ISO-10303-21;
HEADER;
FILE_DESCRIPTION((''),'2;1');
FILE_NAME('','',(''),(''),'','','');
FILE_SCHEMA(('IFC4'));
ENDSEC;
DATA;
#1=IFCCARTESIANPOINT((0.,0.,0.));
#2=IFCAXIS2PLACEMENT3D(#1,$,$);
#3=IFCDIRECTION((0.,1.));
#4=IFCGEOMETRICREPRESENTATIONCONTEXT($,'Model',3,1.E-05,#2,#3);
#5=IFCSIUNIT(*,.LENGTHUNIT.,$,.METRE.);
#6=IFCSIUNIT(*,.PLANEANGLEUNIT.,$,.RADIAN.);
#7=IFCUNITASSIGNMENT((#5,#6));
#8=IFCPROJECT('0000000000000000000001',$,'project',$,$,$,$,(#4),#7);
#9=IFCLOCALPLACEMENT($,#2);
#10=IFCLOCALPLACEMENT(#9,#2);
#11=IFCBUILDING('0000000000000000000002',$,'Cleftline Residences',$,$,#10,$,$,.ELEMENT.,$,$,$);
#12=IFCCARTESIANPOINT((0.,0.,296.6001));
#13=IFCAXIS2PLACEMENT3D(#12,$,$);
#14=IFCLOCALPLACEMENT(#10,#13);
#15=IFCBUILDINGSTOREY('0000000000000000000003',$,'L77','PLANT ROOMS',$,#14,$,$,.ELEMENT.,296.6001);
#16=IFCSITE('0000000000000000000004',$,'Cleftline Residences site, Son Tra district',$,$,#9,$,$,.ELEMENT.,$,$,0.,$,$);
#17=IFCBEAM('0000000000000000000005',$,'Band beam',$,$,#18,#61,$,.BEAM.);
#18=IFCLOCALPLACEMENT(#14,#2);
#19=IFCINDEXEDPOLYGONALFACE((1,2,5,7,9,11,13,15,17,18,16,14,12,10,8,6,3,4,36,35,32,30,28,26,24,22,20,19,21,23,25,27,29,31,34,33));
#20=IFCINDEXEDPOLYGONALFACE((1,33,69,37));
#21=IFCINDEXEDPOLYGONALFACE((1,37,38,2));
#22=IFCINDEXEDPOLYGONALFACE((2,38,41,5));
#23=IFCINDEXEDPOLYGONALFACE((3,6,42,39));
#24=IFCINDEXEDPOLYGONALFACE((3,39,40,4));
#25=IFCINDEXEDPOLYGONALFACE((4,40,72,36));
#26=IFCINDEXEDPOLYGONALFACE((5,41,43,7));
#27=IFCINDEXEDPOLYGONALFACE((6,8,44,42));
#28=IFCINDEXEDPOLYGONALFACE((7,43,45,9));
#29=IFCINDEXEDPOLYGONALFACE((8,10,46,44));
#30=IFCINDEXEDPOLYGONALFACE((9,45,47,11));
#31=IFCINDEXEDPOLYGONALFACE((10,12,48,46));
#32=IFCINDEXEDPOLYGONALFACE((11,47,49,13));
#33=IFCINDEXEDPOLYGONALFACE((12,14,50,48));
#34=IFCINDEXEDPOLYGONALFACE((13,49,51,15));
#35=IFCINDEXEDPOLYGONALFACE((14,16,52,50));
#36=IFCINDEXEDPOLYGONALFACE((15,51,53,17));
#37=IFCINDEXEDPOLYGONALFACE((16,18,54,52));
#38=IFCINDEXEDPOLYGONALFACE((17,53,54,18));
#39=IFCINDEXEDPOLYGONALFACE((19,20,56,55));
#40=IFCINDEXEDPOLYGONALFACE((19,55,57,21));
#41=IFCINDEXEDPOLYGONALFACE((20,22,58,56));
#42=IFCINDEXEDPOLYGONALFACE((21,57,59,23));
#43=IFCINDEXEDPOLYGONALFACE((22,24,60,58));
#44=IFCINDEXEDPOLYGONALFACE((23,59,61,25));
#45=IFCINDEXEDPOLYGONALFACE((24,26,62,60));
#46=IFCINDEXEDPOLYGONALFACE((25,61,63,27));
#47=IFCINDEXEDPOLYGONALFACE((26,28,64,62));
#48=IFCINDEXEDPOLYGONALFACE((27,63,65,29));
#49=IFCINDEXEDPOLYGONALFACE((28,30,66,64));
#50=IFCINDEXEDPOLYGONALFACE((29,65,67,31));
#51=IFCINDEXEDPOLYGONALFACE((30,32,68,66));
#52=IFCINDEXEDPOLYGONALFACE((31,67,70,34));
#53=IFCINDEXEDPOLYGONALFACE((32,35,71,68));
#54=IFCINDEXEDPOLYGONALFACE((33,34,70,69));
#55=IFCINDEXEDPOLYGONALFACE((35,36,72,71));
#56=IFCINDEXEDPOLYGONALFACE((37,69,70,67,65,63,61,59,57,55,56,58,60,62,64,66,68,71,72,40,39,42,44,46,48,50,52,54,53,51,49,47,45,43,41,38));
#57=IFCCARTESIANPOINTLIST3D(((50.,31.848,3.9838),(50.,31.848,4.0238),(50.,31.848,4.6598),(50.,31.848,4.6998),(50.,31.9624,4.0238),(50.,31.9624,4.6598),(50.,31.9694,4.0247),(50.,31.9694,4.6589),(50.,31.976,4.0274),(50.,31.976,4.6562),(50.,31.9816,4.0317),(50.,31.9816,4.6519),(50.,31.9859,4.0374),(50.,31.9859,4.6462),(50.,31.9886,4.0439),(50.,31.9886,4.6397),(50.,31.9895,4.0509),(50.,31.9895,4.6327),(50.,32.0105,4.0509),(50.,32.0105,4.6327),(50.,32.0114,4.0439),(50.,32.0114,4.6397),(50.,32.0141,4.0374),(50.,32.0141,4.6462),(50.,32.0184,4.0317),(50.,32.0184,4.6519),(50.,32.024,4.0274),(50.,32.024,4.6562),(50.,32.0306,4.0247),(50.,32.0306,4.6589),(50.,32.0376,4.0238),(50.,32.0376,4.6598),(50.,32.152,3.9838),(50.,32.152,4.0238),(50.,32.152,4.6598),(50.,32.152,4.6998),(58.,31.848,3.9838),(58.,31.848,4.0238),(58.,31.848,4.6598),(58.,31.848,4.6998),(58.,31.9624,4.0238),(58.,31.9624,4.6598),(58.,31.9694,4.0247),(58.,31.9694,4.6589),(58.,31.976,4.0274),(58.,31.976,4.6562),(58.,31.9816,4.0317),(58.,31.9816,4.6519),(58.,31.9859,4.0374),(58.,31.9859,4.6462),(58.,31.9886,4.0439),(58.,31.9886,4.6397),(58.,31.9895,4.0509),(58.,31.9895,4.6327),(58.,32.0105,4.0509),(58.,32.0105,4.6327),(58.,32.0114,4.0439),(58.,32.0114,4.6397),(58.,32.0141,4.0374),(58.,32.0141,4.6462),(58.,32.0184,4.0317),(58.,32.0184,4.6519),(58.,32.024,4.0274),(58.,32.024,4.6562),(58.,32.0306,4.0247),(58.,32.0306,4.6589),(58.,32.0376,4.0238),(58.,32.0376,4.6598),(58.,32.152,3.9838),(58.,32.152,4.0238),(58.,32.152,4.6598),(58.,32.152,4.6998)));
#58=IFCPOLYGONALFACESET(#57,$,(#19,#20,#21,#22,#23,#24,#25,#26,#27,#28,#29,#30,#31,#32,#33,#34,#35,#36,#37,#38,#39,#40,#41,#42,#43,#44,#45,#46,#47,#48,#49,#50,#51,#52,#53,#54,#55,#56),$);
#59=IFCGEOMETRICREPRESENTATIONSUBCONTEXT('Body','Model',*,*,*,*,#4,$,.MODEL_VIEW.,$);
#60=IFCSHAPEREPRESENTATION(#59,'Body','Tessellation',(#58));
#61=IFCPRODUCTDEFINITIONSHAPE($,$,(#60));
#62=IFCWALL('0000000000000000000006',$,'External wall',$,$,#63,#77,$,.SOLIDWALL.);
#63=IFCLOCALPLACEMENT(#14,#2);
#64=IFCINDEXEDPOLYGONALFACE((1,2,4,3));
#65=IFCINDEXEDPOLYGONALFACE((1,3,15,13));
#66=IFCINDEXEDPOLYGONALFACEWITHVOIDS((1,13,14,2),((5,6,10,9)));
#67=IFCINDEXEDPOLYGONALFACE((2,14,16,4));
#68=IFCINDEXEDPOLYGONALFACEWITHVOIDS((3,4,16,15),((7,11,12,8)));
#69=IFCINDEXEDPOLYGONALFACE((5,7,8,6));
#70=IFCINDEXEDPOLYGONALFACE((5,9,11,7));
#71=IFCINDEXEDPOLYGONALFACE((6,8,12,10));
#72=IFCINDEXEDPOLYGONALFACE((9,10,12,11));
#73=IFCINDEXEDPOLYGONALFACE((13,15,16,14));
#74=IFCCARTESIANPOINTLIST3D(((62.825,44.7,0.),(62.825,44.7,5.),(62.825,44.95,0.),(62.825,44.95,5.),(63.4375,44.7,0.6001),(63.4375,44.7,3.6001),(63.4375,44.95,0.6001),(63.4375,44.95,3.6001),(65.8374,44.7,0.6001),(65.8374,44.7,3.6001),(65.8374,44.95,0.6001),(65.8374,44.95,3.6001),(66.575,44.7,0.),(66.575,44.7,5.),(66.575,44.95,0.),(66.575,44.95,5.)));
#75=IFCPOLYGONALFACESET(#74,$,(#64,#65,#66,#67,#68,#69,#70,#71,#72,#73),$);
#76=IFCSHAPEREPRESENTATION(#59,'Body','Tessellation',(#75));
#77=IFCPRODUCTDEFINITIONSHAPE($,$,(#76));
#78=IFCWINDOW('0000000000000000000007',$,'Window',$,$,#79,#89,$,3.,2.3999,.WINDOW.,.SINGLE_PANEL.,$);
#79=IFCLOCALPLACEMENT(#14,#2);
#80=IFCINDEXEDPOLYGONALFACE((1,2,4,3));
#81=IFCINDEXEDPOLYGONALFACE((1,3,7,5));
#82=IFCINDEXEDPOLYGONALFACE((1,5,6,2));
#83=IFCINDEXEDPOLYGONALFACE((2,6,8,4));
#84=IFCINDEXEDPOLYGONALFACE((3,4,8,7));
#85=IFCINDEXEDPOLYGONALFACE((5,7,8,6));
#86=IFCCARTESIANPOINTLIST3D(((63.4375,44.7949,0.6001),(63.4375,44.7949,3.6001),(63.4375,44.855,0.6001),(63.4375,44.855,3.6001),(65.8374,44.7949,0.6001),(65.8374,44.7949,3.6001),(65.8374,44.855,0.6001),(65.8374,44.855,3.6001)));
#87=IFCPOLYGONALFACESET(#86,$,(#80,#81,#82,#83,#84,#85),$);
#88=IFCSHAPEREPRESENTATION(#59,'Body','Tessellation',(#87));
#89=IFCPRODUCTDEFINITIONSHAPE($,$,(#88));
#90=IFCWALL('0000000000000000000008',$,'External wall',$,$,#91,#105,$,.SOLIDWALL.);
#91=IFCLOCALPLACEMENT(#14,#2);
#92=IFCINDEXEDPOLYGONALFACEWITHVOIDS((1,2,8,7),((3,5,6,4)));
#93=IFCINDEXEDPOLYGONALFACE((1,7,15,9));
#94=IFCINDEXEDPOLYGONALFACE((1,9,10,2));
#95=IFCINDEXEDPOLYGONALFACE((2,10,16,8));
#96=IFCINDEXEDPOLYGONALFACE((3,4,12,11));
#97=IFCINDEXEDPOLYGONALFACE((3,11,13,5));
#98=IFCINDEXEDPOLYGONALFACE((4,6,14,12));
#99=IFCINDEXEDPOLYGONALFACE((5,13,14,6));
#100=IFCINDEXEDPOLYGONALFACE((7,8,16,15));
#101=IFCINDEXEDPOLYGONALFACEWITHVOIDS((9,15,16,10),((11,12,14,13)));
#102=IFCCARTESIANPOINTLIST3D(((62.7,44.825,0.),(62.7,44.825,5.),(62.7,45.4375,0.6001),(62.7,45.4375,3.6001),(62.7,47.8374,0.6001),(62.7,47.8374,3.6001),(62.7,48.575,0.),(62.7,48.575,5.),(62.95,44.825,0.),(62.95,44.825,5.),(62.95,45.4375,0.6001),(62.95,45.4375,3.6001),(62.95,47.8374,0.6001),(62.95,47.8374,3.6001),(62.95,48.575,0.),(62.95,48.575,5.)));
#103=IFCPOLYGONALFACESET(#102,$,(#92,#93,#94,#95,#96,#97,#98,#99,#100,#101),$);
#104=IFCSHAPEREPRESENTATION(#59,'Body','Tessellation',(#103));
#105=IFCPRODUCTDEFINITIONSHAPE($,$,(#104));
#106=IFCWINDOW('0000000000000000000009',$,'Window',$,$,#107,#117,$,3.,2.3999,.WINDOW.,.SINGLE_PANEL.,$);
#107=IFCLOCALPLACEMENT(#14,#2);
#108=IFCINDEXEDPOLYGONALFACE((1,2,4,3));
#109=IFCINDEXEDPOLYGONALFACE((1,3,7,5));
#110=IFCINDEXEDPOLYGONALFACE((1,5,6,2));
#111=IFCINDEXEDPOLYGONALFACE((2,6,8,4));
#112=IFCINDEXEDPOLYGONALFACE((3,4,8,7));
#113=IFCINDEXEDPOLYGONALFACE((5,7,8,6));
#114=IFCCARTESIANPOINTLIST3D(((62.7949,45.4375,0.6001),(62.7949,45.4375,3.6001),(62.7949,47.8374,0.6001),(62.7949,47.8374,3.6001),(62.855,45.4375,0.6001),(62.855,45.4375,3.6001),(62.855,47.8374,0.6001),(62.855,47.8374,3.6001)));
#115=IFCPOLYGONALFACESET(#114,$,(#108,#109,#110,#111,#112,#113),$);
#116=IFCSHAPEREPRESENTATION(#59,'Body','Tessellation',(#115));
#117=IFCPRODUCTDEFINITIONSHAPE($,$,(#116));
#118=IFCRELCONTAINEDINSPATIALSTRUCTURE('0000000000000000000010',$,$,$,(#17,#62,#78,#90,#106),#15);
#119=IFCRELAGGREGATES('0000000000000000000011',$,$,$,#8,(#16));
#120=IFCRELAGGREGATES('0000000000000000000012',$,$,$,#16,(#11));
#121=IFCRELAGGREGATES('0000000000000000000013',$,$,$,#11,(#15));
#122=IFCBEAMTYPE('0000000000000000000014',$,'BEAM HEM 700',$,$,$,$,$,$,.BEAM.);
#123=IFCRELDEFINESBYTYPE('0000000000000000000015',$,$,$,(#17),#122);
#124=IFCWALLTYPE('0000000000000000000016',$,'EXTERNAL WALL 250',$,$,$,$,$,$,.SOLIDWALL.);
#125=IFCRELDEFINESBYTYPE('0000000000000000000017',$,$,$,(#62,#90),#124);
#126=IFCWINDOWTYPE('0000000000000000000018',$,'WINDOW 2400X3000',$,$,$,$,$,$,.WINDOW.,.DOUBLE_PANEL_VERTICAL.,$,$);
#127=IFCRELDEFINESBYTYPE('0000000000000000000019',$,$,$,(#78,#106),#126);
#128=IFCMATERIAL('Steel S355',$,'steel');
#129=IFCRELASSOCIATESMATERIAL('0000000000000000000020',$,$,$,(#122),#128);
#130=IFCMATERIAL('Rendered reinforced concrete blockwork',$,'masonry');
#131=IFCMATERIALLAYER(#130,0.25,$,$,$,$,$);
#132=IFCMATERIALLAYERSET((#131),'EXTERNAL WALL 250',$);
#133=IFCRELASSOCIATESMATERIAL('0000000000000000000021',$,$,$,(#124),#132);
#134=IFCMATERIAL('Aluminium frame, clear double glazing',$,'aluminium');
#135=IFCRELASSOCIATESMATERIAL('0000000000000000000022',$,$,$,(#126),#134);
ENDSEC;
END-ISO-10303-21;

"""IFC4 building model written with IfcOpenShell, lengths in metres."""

from ifc_helpers import new_model, si_unit, direction, frame, frame_2d, origin, origin_2d, place, context, subcontext, project, spatial, rectangle, i_section, extrude, material, layer, layer_set, material_profile, profile_set, type_object, element, fill, save


model = new_model("IFC4")

# Units and contexts
model_context = context("Model", 3, precision=1e-05, world=origin(), true_north=direction((0.0, 1.0)))
body_context = subcontext(model_context, "Body", "Model", "MODEL_VIEW")
ifc_project = project(units=[si_unit("LENGTHUNIT", "METRE"), si_unit("PLANEANGLEUNIT", "RADIAN")], contexts=[model_context])

# Site, building, storey
site_placement = place(None, origin())
site = spatial("IfcSite", under=ifc_project, at=site_placement, Name="Cleftline Residences site, Son Tra district", CompositionType="ELEMENT", RefElevation=0.0)
building_placement = place(site_placement, origin())
building = spatial("IfcBuilding", under=site, at=building_placement, Name="Cleftline Residences", CompositionType="ELEMENT")
storey_placement = place(building_placement, frame((0.0, 0.0, 296.6001)))
storey = spatial("IfcBuildingStorey", under=building, at=storey_placement, Name="L77", Description="PLANT ROOMS", CompositionType="ELEMENT", Elevation=296.6001)

# Beam
ifc_material_1 = material(Name="Steel S355", Category="steel")
ifc_material_profile_1 = material_profile(ifc_material_1, i_section(OverallWidth=0.304, OverallDepth=0.7161, WebThickness=0.021, FlangeThickness=0.04, FilletRadius=0.0271, at=origin_2d()))
ifc_profile_set_1 = profile_set([ifc_material_profile_1], Name="Steel S355")
beam_type_1 = type_object("IfcBeamType", Name="BEAM HEM 700", PredefinedType="BEAM", material=ifc_profile_set_1)
beam_1_placement = place(storey_placement, frame((58.0, 32.0, 4.3418), z_axis=(-1.0, 0.0, 0.0), x_axis=(0.0, -1.0, 0.0)))
element("IfcBeam", 1, at=beam_1_placement, inside=storey, type_object=beam_type_1, Name="Band beam", PredefinedType="BEAM", context=body_context, shape_type="SweptSolid", body=[
    extrude(i_section(OverallWidth=0.304, OverallDepth=0.7161, WebThickness=0.021, FlangeThickness=0.04, FilletRadius=0.0271, at=origin_2d()), origin(), (0.0, 0.0, 1.0), 8.0),
])

# Walls, openings, windows
ifc_material_2 = material(Name="Rendered reinforced concrete blockwork", Category="masonry")
ifc_layer = layer(ifc_material_2, 0.25)
ifc_layer_set = layer_set([ifc_layer], Name="EXTERNAL WALL 250")
wall_type = type_object("IfcWallType", Name="EXTERNAL WALL 250", PredefinedType="SOLIDWALL", material=ifc_layer_set)
wall_1_placement = place(storey_placement, frame((66.575, 44.825, 0.0), z_axis=(0.0, 0.0, 1.0), x_axis=(-1.0, 0.0, 0.0)))
wall_1 = element("IfcWall", 2, at=wall_1_placement, inside=storey, type_object=wall_type, Name="External wall", PredefinedType="SOLIDWALL", context=body_context, shape_type="SweptSolid", body=[
    extrude(rectangle(XDim=3.75, YDim=0.25, at=frame_2d((1.875, 0.0))), origin(), (0.0, 0.0, 1.0), 5.0),
])
opening_1_placement = place(wall_1_placement, frame((0.7375, 0.0, 0.6001)))
opening_1 = element("IfcOpeningElement", 3, at=opening_1_placement, cuts=wall_1, PredefinedType="OPENING", context=body_context, shape_type="SweptSolid", body=[
    extrude(rectangle(XDim=2.3999, YDim=3.0, at=frame_2d((1.2, 1.5))), frame((0.0, 0.135, 0.0), z_axis=(0.0, -1.0, 0.0), x_axis=(1.0, 0.0, 0.0)), (0.0, 0.0, 1.0), 0.27),
])
ifc_material_3 = material(Name="Aluminium frame, clear double glazing", Category="aluminium")
window_type = type_object("IfcWindowType", Name="WINDOW 2400X3000", PartitioningType="DOUBLE_PANEL_VERTICAL", PredefinedType="WINDOW", material=ifc_material_3)
window_1_placement = place(opening_1_placement, origin())
window_1 = element("IfcWindow", 4, at=window_1_placement, inside=storey, type_object=window_type, Name="Window", OverallHeight=3.0, OverallWidth=2.3999, PartitioningType="SINGLE_PANEL", PredefinedType="WINDOW", context=body_context, shape_type="SweptSolid", body=[
    extrude(rectangle(XDim=2.3999, YDim=3.0, at=frame_2d((1.2, 1.5))), frame((0.0, 0.03, 0.0), z_axis=(0.0, -1.0, 0.0), x_axis=(1.0, 0.0, 0.0)), (0.0, 0.0, 1.0), 0.0601),
])
fill(opening_1, window_1)
wall_2_placement = place(storey_placement, frame((62.825, 44.825, 0.0), z_axis=(0.0, 0.0, 1.0), x_axis=(0.0, 1.0, 0.0)))
wall_2 = element("IfcWall", 5, at=wall_2_placement, inside=storey, type_object=wall_type, Name="External wall", PredefinedType="SOLIDWALL", context=body_context, shape_type="SweptSolid", body=[
    extrude(rectangle(XDim=3.75, YDim=0.25, at=frame_2d((1.875, 0.0))), origin(), (0.0, 0.0, 1.0), 5.0),
])
opening_2_placement = place(wall_2_placement, frame((0.6125, 0.0, 0.6001)))
opening_2 = element("IfcOpeningElement", 6, at=opening_2_placement, cuts=wall_2, PredefinedType="OPENING", context=body_context, shape_type="SweptSolid", body=[
    extrude(rectangle(XDim=2.3999, YDim=3.0, at=frame_2d((1.2, 1.5))), frame((0.0, 0.135, 0.0), z_axis=(0.0, -1.0, 0.0), x_axis=(1.0, 0.0, 0.0)), (0.0, 0.0, 1.0), 0.27),
])
window_2_placement = place(opening_2_placement, origin())
window_2 = element("IfcWindow", 7, at=window_2_placement, inside=storey, type_object=window_type, Name="Window", OverallHeight=3.0, OverallWidth=2.3999, PartitioningType="SINGLE_PANEL", PredefinedType="WINDOW", context=body_context, shape_type="SweptSolid", body=[
    extrude(rectangle(XDim=2.3999, YDim=3.0, at=frame_2d((1.2, 1.5))), frame((0.0, 0.03, 0.0), z_axis=(0.0, -1.0, 0.0), x_axis=(1.0, 0.0, 0.0)), (0.0, 0.0, 1.0), 0.0601),
])
fill(opening_2, window_2)

save(model, "model.ifc")
